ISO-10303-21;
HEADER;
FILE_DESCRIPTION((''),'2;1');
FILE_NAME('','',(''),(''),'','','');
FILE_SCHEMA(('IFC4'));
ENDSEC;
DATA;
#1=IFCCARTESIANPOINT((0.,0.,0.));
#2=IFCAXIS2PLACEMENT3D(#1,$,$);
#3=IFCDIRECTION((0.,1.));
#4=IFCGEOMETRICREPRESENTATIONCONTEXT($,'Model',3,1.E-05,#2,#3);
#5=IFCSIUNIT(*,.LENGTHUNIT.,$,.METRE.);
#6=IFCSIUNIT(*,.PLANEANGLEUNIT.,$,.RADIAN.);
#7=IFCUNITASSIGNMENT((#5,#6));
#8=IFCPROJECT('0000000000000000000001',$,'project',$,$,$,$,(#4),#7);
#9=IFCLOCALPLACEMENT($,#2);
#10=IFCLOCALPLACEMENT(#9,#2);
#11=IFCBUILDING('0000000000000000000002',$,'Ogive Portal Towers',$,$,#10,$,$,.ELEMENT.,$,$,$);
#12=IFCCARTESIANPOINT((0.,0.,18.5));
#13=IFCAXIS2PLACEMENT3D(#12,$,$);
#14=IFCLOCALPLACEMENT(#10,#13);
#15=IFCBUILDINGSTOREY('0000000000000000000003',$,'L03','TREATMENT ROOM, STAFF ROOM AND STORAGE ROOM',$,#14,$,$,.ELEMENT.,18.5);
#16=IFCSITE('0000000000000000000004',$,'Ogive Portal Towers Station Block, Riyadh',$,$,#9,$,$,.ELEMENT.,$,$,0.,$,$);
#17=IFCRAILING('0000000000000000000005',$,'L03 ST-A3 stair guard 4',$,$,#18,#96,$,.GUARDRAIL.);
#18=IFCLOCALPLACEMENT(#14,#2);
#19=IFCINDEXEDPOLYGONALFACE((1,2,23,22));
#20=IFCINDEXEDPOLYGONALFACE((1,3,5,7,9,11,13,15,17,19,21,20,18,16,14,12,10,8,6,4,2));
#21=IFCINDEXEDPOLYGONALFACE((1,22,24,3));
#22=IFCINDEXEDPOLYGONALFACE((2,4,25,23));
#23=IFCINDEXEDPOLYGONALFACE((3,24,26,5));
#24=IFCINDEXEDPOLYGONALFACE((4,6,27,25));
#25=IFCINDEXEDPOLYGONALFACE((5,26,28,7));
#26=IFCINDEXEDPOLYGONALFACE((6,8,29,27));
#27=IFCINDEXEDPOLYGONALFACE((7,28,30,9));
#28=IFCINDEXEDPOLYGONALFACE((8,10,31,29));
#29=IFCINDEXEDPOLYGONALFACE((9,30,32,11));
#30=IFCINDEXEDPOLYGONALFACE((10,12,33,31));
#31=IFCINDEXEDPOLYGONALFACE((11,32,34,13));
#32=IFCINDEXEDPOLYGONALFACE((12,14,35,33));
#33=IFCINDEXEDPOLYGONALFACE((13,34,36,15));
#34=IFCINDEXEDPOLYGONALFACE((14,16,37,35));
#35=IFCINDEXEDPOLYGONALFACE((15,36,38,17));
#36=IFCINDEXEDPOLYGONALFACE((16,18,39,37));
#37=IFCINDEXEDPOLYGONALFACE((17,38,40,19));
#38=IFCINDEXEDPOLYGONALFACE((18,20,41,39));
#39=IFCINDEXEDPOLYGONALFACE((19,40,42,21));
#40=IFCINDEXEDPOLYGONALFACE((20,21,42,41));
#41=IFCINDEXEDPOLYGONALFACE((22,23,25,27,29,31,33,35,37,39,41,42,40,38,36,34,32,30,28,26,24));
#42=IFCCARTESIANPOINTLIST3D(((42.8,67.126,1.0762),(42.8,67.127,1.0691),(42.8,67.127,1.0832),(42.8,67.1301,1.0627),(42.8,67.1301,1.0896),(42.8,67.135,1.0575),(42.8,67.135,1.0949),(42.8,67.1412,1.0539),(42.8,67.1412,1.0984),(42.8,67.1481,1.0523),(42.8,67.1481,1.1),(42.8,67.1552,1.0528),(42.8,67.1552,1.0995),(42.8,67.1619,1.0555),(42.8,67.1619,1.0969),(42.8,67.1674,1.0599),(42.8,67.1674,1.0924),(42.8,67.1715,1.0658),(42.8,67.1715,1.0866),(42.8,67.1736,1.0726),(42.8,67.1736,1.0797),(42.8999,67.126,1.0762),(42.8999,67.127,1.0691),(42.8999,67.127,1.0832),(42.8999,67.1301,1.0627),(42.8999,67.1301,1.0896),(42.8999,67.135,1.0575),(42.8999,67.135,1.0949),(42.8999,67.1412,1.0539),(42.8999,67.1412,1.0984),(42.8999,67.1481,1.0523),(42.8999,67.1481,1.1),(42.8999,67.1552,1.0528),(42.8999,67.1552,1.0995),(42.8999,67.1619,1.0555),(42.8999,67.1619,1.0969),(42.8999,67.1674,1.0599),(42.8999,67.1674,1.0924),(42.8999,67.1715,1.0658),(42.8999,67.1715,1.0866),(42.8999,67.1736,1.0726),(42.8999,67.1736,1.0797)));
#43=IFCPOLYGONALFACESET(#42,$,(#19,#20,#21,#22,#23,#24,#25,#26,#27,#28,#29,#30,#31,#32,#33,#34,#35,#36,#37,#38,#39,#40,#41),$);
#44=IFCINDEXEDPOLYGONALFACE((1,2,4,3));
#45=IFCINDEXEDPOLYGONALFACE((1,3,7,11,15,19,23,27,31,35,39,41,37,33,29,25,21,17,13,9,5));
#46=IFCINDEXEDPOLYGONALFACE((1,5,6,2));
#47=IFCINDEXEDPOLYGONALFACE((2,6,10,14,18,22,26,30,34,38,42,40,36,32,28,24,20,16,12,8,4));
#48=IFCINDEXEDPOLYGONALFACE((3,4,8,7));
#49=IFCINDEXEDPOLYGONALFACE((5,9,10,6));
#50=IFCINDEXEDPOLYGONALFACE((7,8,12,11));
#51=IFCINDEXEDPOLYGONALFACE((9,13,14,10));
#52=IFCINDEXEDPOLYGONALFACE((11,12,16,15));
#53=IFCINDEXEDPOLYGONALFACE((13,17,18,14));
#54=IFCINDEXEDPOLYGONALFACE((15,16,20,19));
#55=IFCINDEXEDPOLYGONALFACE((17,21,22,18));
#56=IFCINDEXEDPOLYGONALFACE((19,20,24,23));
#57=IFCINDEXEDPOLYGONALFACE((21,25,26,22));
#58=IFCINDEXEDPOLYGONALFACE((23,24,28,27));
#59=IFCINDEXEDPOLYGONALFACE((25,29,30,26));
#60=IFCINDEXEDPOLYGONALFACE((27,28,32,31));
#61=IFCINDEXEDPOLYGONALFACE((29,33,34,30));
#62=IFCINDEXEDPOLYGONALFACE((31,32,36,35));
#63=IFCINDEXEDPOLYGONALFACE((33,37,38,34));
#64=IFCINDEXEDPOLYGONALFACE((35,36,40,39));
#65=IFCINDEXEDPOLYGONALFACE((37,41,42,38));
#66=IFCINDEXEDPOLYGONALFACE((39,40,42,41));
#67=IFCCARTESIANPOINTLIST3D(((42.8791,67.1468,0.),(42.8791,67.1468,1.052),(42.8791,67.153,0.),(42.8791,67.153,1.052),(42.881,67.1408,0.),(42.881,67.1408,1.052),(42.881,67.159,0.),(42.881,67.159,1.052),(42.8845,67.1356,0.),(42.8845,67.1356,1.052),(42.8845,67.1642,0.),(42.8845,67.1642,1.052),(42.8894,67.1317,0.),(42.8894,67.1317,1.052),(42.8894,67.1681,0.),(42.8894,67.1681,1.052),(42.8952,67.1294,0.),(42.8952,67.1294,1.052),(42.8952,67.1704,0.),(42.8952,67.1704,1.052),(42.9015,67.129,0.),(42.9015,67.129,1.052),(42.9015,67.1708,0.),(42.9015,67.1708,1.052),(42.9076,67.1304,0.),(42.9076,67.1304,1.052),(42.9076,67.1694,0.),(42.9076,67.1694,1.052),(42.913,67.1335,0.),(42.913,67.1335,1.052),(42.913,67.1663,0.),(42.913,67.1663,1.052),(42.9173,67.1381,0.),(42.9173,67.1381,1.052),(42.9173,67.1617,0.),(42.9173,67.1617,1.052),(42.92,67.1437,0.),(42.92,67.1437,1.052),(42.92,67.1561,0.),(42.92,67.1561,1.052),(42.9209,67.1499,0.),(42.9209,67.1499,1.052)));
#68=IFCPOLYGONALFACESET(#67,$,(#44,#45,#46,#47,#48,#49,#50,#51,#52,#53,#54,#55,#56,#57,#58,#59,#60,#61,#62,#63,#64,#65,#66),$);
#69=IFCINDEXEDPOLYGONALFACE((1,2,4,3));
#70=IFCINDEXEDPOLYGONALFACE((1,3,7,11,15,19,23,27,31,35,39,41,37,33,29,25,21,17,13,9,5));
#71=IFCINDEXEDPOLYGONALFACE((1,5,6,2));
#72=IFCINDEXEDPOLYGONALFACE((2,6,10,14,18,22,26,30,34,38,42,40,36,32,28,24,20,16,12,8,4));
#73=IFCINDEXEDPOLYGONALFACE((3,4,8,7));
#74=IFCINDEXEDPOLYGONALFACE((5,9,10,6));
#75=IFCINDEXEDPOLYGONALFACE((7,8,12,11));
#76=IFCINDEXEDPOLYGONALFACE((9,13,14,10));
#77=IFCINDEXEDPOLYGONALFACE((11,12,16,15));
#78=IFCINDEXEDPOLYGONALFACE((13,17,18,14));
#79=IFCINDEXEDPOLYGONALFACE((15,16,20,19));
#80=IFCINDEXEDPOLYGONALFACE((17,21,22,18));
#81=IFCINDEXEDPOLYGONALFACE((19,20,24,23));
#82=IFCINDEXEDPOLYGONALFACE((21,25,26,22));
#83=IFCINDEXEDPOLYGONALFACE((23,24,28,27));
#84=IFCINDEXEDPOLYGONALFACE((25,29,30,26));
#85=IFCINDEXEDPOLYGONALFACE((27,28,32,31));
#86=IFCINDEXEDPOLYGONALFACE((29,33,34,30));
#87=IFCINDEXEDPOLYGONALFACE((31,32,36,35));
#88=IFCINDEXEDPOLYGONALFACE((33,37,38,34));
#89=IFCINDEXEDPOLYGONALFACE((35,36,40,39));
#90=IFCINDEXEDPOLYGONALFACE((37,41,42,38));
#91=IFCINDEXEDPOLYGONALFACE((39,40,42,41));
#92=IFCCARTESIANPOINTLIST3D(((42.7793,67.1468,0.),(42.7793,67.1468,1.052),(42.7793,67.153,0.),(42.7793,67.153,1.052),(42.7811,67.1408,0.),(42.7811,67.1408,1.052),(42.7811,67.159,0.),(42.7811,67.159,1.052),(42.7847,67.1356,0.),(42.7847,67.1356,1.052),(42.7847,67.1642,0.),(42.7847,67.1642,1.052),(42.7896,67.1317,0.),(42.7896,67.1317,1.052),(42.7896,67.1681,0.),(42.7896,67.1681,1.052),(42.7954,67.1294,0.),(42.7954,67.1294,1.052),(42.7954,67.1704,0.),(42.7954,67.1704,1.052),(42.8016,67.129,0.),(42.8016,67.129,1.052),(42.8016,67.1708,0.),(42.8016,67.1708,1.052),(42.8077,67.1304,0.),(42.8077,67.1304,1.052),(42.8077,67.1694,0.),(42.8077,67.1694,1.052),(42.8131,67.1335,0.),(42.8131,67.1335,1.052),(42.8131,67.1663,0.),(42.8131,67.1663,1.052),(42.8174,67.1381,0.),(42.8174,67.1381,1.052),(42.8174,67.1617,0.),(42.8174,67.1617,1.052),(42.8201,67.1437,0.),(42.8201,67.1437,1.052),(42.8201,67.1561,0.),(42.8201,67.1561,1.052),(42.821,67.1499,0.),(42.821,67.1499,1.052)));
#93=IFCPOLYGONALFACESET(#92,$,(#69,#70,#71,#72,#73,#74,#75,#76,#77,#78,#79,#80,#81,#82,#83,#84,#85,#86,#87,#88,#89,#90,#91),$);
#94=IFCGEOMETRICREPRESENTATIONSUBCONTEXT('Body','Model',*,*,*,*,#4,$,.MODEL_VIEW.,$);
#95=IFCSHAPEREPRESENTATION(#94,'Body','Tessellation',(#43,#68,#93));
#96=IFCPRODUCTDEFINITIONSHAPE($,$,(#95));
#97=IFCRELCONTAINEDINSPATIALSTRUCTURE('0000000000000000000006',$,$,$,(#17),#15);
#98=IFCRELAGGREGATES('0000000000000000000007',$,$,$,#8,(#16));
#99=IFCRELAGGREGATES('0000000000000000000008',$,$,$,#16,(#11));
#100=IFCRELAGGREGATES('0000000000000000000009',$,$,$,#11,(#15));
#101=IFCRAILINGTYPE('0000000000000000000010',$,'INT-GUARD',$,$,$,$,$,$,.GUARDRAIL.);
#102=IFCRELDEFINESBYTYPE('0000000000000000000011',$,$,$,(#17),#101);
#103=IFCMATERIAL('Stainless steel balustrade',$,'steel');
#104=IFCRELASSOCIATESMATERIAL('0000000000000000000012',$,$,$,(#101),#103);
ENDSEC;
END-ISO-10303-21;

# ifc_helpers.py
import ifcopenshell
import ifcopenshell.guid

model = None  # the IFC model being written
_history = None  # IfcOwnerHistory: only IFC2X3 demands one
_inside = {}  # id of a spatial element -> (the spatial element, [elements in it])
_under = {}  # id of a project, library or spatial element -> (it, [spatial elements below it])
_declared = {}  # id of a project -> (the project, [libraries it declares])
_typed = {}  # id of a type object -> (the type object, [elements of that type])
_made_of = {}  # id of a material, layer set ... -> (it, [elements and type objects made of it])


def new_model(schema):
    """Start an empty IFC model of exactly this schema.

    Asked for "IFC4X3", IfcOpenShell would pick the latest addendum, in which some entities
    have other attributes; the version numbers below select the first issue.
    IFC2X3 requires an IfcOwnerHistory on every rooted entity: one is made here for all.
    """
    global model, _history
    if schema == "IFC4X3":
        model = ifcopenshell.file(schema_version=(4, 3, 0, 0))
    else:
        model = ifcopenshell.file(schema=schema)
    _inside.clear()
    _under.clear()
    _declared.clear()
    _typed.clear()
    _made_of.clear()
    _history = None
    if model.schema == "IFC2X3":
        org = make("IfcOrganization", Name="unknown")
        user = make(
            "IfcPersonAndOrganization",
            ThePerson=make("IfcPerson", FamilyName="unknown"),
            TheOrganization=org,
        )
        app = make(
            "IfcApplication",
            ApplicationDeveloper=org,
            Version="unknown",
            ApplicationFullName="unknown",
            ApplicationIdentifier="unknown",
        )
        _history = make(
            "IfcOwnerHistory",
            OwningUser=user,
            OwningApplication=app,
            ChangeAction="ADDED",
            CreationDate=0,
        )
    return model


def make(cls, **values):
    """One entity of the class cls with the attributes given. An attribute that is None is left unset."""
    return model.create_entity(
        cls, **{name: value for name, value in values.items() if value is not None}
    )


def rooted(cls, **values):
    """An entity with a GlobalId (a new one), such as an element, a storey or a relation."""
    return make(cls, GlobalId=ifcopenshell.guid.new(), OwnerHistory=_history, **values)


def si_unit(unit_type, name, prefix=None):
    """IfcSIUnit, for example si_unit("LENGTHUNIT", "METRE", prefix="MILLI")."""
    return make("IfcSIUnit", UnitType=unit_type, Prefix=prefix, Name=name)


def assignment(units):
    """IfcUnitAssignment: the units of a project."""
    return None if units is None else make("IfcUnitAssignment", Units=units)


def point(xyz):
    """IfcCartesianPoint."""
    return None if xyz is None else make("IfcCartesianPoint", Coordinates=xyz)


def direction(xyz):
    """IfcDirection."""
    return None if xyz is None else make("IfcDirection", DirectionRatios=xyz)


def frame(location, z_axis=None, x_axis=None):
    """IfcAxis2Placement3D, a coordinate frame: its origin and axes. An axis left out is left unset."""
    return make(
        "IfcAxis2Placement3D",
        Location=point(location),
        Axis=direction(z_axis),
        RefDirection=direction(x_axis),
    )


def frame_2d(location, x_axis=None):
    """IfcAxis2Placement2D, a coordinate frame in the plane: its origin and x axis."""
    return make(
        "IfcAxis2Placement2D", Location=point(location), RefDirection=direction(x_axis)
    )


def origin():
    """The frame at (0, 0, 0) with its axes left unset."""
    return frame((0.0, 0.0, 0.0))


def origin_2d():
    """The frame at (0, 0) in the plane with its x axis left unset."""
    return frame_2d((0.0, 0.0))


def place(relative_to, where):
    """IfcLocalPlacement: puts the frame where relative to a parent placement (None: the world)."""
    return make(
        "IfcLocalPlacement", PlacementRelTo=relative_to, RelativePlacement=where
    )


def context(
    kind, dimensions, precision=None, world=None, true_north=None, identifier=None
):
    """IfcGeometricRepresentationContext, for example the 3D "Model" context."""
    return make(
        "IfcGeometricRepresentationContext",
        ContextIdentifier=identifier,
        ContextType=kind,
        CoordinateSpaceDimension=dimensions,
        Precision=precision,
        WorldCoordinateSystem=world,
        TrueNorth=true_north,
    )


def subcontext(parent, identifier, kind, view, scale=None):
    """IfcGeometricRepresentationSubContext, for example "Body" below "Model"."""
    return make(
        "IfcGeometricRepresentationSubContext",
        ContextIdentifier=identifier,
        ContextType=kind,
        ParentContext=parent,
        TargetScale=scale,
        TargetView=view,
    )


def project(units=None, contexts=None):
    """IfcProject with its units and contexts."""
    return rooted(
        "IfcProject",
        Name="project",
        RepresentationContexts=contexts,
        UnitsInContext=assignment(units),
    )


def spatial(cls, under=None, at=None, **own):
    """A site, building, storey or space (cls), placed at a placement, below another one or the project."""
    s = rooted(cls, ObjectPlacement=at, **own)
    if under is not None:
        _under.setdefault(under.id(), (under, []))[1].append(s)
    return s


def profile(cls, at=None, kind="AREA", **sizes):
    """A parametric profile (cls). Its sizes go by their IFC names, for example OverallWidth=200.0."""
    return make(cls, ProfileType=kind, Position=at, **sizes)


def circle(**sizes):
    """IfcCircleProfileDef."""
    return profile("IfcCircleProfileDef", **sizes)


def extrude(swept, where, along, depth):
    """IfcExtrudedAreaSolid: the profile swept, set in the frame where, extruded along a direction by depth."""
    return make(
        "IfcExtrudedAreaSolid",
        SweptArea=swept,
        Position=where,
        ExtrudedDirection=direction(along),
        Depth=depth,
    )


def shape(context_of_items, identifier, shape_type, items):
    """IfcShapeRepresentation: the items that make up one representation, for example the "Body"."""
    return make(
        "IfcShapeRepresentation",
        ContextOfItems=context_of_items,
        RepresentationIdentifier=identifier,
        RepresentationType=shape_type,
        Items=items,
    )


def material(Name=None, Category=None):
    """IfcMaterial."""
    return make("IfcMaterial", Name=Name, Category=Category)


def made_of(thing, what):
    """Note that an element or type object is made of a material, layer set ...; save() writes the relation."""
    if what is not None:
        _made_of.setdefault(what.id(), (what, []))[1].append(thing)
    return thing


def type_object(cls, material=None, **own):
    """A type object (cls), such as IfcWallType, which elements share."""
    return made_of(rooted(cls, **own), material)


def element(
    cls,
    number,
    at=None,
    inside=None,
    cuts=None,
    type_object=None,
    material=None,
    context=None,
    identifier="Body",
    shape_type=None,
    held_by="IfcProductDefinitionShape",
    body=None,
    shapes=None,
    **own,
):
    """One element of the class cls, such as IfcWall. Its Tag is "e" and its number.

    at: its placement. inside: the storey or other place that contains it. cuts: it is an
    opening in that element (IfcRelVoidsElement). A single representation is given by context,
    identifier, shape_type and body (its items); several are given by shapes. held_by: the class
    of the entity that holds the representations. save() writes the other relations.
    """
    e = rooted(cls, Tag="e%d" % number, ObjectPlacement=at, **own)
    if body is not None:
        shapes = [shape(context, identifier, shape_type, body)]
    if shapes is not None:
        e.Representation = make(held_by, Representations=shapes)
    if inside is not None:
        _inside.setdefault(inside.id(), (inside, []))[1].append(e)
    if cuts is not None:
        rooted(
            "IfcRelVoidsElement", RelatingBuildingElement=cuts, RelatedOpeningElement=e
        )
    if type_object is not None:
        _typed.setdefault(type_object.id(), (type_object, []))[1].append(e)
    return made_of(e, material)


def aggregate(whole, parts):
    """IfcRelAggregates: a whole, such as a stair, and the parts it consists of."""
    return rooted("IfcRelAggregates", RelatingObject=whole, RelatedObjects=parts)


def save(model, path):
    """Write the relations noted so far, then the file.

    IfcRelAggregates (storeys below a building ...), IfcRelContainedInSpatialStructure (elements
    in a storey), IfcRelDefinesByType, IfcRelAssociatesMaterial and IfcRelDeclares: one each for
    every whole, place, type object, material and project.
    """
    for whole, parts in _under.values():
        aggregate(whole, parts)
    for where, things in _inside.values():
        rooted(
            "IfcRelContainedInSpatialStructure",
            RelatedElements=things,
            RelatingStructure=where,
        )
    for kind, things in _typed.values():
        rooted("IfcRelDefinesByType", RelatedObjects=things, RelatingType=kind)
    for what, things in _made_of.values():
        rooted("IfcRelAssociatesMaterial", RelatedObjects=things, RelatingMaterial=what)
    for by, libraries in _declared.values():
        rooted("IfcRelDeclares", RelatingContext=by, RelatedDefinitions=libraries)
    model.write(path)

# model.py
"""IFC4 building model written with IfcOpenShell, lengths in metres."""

from ifc_helpers import new_model, si_unit, direction, frame, origin, origin_2d, place, context, subcontext, project, spatial, circle, extrude, material, type_object, element, save


model = new_model("IFC4")

# Units and contexts
model_context = context("Model", 3, precision=1e-05, world=origin(), true_north=direction((0.0, 1.0)))
body_context = subcontext(model_context, "Body", "Model", "MODEL_VIEW")
ifc_project = project(units=[si_unit("LENGTHUNIT", "METRE"), si_unit("PLANEANGLEUNIT", "RADIAN")], contexts=[model_context])

# Site, building, storey
site_placement = place(None, origin())
site = spatial("IfcSite", under=ifc_project, at=site_placement, Name="Ogive Portal Towers Station Block, Riyadh", CompositionType="ELEMENT", RefElevation=0.0)
building_placement = place(site_placement, origin())
building = spatial("IfcBuilding", under=site, at=building_placement, Name="Ogive Portal Towers", CompositionType="ELEMENT")
storey_placement = place(building_placement, frame((0.0, 0.0, 18.5)))
storey = spatial("IfcBuildingStorey", under=building, at=storey_placement, Name="L03", Description="TREATMENT ROOM, STAFF ROOM AND STORAGE ROOM", CompositionType="ELEMENT", Elevation=18.5)

# Railing
ifc_material_1 = material(Name="Stainless steel balustrade", Category="steel")
railing_type_1 = type_object("IfcRailingType", Name="INT-GUARD", PredefinedType="GUARDRAIL", material=ifc_material_1)
railing_1_placement = place(storey_placement, frame((42.8999, 67.1499, 0.0)))
element("IfcRailing", 1, at=railing_1_placement, inside=storey, type_object=railing_type_1, Name="L03 ST-A3 stair guard 4", PredefinedType="GUARDRAIL", context=body_context, shape_type="SweptSolid", body=[
    extrude(circle(Radius=0.0239, at=origin_2d()), frame((0.0, 0.0, 1.0762), z_axis=(-1.0, 0.0, 0.0), x_axis=(0.0, -1.0, 0.0)), (0.0, 0.0, 1.0), 0.0999),
    extrude(circle(Radius=0.021, at=origin_2d()), origin(), (0.0, 0.0, 1.0), 1.052),
    extrude(circle(Radius=0.021, at=origin_2d()), frame((-0.0999, 0.0, 0.0)), (0.0, 0.0, 1.0), 1.052),
])

save(model, "model.ifc")
